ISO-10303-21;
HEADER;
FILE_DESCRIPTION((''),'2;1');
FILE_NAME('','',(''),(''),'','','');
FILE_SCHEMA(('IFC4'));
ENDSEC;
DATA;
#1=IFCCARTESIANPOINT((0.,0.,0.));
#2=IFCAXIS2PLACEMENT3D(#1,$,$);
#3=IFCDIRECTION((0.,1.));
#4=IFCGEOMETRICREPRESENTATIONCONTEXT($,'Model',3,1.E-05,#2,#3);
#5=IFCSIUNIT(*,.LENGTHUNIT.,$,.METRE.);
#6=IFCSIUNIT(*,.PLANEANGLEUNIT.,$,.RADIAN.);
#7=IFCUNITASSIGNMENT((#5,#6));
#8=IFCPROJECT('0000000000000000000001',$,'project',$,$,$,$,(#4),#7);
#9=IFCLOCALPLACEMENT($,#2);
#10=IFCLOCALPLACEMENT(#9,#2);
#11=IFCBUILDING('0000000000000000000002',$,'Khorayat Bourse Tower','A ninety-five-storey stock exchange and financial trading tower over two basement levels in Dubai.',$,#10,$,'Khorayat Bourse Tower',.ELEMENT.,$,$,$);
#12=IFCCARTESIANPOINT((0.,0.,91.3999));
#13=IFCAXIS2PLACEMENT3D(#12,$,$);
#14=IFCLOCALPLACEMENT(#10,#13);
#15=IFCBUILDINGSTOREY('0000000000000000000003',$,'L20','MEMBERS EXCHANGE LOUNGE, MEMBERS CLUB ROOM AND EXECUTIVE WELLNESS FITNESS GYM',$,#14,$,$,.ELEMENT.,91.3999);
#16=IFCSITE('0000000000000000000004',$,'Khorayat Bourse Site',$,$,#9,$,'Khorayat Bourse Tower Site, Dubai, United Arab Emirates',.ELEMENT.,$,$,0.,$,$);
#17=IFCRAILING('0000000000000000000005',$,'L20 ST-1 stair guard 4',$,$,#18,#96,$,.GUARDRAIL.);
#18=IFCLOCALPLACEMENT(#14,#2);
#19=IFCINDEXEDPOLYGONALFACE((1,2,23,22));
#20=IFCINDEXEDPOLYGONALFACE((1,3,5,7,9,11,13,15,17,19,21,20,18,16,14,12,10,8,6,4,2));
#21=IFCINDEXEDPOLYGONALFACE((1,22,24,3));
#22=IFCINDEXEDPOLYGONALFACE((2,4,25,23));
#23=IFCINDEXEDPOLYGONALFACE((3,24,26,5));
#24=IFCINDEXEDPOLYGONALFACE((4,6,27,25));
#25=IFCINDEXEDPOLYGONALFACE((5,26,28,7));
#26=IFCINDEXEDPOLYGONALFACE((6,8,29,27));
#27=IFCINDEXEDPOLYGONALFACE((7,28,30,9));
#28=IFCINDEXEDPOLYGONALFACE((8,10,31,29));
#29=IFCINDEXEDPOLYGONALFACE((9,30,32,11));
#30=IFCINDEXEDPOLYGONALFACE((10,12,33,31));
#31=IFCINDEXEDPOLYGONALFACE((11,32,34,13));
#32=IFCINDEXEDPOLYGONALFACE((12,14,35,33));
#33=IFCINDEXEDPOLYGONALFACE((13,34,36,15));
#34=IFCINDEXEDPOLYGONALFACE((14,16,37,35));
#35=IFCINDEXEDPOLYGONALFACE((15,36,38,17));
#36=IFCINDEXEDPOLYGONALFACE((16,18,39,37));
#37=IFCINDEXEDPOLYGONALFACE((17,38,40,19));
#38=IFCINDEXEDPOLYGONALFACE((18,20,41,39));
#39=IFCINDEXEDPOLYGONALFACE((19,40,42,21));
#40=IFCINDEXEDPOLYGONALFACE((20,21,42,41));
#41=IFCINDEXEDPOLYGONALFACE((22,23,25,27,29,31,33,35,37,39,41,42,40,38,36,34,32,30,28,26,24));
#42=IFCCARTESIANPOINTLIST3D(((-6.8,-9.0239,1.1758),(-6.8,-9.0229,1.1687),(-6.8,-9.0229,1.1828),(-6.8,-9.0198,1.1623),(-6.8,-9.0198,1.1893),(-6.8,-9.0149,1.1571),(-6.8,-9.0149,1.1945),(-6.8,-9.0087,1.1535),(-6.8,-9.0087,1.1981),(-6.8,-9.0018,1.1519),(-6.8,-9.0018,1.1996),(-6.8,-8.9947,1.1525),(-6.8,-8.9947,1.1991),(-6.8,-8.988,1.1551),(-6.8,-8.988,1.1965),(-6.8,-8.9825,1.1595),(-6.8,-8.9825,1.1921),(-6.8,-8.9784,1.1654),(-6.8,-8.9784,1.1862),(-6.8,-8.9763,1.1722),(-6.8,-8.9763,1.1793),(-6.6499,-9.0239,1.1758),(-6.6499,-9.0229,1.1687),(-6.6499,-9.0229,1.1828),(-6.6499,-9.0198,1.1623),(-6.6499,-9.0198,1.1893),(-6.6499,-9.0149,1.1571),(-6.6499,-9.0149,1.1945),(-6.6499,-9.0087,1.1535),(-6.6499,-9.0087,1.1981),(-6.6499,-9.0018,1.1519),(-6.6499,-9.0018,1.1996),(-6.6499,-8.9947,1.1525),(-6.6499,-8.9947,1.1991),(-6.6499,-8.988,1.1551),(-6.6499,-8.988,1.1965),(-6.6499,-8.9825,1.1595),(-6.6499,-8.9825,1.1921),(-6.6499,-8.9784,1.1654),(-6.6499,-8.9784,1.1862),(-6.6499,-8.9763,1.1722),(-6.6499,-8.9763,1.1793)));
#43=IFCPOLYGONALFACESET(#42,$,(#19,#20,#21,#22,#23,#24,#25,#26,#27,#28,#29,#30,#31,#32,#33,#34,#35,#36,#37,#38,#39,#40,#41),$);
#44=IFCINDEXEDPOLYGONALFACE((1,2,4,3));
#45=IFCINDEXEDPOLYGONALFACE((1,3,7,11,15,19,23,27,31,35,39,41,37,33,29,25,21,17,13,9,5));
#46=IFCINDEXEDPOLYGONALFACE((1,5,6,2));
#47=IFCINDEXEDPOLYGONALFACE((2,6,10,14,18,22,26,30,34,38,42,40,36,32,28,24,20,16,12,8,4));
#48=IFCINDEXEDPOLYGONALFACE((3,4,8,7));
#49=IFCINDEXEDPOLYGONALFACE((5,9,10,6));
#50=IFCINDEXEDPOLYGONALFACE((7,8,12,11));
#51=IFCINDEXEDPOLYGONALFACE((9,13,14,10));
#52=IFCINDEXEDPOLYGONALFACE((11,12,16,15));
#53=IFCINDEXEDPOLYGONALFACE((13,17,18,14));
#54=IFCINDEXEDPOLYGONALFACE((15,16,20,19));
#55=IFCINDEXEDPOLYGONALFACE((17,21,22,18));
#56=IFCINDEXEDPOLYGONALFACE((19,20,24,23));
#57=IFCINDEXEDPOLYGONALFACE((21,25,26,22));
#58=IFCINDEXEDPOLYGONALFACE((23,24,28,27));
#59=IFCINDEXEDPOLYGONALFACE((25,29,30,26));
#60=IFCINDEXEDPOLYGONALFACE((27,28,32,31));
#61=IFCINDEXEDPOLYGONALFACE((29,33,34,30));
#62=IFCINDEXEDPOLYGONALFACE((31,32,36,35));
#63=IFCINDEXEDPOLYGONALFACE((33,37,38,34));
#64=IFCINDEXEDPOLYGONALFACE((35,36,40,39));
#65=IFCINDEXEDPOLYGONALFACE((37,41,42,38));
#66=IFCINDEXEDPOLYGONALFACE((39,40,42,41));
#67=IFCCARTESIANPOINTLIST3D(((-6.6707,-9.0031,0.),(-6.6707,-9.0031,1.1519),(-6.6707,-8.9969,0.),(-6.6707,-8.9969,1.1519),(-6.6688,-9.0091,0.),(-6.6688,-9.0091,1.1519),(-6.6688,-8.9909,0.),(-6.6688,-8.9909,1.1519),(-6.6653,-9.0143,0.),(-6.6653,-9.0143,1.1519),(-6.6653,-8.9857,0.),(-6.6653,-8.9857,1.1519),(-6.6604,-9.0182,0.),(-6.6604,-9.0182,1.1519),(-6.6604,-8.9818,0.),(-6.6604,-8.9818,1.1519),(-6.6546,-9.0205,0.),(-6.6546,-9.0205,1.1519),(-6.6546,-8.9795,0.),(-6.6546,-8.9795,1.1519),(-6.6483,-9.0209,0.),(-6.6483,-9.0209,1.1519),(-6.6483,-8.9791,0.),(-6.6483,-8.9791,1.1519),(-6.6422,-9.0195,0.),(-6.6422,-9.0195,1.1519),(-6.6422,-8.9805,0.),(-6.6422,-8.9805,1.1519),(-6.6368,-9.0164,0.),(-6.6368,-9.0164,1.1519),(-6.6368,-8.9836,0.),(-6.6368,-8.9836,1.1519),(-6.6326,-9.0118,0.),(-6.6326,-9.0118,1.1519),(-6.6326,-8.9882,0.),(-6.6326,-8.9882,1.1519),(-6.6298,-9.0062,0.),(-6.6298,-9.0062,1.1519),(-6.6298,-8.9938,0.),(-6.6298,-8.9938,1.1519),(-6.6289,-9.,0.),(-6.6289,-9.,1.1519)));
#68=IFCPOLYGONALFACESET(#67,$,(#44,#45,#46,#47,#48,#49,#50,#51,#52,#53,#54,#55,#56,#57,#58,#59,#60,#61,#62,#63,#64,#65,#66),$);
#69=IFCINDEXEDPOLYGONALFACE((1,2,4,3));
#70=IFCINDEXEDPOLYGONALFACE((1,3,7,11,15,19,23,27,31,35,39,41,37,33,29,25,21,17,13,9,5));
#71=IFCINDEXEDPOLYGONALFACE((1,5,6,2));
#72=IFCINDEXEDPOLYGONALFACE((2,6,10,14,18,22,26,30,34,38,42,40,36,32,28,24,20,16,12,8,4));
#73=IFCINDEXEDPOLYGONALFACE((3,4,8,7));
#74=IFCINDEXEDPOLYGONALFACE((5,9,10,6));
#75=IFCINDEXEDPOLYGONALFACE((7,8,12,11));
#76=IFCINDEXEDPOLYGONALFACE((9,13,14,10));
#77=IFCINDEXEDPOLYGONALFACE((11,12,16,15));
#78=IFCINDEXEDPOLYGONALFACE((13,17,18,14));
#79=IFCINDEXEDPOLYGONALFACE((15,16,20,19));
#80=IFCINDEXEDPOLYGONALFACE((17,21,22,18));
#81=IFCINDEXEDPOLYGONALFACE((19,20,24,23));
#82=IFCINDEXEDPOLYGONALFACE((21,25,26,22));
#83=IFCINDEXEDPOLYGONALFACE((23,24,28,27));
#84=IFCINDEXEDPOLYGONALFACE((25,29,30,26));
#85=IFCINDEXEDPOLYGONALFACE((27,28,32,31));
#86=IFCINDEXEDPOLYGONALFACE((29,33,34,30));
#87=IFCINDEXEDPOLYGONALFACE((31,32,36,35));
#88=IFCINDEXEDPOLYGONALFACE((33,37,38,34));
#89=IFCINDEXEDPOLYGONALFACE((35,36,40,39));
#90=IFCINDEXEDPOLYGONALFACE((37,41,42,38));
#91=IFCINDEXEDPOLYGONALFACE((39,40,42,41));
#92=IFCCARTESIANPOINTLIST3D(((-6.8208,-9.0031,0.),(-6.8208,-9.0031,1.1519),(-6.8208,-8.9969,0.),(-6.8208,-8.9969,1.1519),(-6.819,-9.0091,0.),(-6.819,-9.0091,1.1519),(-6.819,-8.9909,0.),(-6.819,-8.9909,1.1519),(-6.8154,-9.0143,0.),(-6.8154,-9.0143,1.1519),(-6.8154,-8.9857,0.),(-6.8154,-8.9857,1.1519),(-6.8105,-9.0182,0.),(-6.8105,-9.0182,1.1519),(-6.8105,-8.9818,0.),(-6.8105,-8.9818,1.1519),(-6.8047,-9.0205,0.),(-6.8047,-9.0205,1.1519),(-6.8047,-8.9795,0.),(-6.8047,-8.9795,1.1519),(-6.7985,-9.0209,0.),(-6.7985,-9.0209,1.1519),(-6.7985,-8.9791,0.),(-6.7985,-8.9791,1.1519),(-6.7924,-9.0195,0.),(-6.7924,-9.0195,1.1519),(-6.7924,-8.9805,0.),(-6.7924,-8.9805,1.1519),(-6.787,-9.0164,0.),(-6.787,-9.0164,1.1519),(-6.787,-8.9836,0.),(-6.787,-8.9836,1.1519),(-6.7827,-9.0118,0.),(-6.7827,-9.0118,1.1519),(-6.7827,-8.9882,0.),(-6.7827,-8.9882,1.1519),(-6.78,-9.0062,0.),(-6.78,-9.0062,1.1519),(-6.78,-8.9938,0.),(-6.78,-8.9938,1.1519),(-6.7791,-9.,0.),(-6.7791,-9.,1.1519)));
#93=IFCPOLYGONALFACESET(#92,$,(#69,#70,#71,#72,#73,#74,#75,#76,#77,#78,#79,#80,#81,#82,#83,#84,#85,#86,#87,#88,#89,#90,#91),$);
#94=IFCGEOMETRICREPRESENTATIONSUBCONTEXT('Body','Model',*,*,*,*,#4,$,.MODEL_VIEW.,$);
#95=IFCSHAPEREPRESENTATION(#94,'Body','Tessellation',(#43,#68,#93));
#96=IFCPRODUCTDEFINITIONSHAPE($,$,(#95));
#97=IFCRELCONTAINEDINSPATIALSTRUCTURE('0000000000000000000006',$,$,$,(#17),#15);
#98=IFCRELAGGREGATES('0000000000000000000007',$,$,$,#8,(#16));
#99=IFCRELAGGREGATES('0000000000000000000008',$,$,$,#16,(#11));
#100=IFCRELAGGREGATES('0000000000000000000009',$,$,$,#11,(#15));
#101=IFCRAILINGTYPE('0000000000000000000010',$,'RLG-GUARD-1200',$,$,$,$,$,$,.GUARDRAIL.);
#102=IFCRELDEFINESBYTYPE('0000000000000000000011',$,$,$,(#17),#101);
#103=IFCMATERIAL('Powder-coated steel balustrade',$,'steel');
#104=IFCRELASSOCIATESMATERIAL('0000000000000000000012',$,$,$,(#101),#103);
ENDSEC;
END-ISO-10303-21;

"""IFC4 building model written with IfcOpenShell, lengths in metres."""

from ifc_helpers import new_model, si_unit, direction, frame, origin, origin_2d, place, context, subcontext, project, spatial, circle, extrude, source, transform, mapped, material, type_object, element, save


model = new_model("IFC4")

# Units and contexts
model_context = context("Model", 3, precision=1e-05, world=origin(), true_north=direction((0.0, 1.0)))
body_context = subcontext(model_context, "Body", "Model", "MODEL_VIEW")
ifc_project = project(units=[si_unit("LENGTHUNIT", "METRE"), si_unit("PLANEANGLEUNIT", "RADIAN")], contexts=[model_context])

# Site, building, storey
site_placement = place(None, origin())
site = spatial("IfcSite", under=ifc_project, at=site_placement, Name="Khorayat Bourse Site", LongName="Khorayat Bourse Tower Site, Dubai, United Arab Emirates", CompositionType="ELEMENT", RefElevation=0.0)
building_placement = place(site_placement, origin())
building = spatial("IfcBuilding", under=site, at=building_placement, Name="Khorayat Bourse Tower", Description="A ninety-five-storey stock exchange and financial trading tower over two basement levels in Dubai.", LongName="Khorayat Bourse Tower", CompositionType="ELEMENT")
storey_placement = place(building_placement, frame((0.0, 0.0, 91.3999)))
storey = spatial("IfcBuildingStorey", under=building, at=storey_placement, Name="L20", Description="MEMBERS EXCHANGE LOUNGE, MEMBERS CLUB ROOM AND EXECUTIVE WELLNESS FITNESS GYM", CompositionType="ELEMENT", Elevation=91.3999)

# Railing
ifc_material_1 = material(Name="Powder-coated steel balustrade", Category="steel")
railing_type_1 = type_object("IfcRailingType", Name="RLG-GUARD-1200", PredefinedType="GUARDRAIL", material=ifc_material_1)
shared_shape_1 = source(origin(), body_context, "Body", "SweptSolid", [
    extrude(circle(Radius=0.0239, at=origin_2d()), frame((0.0, 0.0, 1.1758), z_axis=(-1.0, 0.0, 0.0), x_axis=(0.0, -1.0, 0.0)), (0.0, 0.0, 1.0), 0.1501),
    extrude(circle(Radius=0.021, at=origin_2d()), origin(), (0.0, 0.0, 1.0), 1.1519),
    extrude(circle(Radius=0.021, at=origin_2d()), frame((-0.1501, 0.0, 0.0)), (0.0, 0.0, 1.0), 1.1519),
])
for number, where, name in (
    (1, (-6.6499, -9.0, 0.0), "L20 ST-1 stair guard 4"),
):
    element("IfcRailing", number, at=place(storey_placement, frame(where)), inside=storey, type_object=railing_type_1, Name=name, PredefinedType="GUARDRAIL", context=body_context, shape_type="MappedRepresentation", body=[
        mapped(shared_shape_1, transform((0.0, 0.0, 0.0), scale=1.0)),
    ])

save(model, "model.ifc")
